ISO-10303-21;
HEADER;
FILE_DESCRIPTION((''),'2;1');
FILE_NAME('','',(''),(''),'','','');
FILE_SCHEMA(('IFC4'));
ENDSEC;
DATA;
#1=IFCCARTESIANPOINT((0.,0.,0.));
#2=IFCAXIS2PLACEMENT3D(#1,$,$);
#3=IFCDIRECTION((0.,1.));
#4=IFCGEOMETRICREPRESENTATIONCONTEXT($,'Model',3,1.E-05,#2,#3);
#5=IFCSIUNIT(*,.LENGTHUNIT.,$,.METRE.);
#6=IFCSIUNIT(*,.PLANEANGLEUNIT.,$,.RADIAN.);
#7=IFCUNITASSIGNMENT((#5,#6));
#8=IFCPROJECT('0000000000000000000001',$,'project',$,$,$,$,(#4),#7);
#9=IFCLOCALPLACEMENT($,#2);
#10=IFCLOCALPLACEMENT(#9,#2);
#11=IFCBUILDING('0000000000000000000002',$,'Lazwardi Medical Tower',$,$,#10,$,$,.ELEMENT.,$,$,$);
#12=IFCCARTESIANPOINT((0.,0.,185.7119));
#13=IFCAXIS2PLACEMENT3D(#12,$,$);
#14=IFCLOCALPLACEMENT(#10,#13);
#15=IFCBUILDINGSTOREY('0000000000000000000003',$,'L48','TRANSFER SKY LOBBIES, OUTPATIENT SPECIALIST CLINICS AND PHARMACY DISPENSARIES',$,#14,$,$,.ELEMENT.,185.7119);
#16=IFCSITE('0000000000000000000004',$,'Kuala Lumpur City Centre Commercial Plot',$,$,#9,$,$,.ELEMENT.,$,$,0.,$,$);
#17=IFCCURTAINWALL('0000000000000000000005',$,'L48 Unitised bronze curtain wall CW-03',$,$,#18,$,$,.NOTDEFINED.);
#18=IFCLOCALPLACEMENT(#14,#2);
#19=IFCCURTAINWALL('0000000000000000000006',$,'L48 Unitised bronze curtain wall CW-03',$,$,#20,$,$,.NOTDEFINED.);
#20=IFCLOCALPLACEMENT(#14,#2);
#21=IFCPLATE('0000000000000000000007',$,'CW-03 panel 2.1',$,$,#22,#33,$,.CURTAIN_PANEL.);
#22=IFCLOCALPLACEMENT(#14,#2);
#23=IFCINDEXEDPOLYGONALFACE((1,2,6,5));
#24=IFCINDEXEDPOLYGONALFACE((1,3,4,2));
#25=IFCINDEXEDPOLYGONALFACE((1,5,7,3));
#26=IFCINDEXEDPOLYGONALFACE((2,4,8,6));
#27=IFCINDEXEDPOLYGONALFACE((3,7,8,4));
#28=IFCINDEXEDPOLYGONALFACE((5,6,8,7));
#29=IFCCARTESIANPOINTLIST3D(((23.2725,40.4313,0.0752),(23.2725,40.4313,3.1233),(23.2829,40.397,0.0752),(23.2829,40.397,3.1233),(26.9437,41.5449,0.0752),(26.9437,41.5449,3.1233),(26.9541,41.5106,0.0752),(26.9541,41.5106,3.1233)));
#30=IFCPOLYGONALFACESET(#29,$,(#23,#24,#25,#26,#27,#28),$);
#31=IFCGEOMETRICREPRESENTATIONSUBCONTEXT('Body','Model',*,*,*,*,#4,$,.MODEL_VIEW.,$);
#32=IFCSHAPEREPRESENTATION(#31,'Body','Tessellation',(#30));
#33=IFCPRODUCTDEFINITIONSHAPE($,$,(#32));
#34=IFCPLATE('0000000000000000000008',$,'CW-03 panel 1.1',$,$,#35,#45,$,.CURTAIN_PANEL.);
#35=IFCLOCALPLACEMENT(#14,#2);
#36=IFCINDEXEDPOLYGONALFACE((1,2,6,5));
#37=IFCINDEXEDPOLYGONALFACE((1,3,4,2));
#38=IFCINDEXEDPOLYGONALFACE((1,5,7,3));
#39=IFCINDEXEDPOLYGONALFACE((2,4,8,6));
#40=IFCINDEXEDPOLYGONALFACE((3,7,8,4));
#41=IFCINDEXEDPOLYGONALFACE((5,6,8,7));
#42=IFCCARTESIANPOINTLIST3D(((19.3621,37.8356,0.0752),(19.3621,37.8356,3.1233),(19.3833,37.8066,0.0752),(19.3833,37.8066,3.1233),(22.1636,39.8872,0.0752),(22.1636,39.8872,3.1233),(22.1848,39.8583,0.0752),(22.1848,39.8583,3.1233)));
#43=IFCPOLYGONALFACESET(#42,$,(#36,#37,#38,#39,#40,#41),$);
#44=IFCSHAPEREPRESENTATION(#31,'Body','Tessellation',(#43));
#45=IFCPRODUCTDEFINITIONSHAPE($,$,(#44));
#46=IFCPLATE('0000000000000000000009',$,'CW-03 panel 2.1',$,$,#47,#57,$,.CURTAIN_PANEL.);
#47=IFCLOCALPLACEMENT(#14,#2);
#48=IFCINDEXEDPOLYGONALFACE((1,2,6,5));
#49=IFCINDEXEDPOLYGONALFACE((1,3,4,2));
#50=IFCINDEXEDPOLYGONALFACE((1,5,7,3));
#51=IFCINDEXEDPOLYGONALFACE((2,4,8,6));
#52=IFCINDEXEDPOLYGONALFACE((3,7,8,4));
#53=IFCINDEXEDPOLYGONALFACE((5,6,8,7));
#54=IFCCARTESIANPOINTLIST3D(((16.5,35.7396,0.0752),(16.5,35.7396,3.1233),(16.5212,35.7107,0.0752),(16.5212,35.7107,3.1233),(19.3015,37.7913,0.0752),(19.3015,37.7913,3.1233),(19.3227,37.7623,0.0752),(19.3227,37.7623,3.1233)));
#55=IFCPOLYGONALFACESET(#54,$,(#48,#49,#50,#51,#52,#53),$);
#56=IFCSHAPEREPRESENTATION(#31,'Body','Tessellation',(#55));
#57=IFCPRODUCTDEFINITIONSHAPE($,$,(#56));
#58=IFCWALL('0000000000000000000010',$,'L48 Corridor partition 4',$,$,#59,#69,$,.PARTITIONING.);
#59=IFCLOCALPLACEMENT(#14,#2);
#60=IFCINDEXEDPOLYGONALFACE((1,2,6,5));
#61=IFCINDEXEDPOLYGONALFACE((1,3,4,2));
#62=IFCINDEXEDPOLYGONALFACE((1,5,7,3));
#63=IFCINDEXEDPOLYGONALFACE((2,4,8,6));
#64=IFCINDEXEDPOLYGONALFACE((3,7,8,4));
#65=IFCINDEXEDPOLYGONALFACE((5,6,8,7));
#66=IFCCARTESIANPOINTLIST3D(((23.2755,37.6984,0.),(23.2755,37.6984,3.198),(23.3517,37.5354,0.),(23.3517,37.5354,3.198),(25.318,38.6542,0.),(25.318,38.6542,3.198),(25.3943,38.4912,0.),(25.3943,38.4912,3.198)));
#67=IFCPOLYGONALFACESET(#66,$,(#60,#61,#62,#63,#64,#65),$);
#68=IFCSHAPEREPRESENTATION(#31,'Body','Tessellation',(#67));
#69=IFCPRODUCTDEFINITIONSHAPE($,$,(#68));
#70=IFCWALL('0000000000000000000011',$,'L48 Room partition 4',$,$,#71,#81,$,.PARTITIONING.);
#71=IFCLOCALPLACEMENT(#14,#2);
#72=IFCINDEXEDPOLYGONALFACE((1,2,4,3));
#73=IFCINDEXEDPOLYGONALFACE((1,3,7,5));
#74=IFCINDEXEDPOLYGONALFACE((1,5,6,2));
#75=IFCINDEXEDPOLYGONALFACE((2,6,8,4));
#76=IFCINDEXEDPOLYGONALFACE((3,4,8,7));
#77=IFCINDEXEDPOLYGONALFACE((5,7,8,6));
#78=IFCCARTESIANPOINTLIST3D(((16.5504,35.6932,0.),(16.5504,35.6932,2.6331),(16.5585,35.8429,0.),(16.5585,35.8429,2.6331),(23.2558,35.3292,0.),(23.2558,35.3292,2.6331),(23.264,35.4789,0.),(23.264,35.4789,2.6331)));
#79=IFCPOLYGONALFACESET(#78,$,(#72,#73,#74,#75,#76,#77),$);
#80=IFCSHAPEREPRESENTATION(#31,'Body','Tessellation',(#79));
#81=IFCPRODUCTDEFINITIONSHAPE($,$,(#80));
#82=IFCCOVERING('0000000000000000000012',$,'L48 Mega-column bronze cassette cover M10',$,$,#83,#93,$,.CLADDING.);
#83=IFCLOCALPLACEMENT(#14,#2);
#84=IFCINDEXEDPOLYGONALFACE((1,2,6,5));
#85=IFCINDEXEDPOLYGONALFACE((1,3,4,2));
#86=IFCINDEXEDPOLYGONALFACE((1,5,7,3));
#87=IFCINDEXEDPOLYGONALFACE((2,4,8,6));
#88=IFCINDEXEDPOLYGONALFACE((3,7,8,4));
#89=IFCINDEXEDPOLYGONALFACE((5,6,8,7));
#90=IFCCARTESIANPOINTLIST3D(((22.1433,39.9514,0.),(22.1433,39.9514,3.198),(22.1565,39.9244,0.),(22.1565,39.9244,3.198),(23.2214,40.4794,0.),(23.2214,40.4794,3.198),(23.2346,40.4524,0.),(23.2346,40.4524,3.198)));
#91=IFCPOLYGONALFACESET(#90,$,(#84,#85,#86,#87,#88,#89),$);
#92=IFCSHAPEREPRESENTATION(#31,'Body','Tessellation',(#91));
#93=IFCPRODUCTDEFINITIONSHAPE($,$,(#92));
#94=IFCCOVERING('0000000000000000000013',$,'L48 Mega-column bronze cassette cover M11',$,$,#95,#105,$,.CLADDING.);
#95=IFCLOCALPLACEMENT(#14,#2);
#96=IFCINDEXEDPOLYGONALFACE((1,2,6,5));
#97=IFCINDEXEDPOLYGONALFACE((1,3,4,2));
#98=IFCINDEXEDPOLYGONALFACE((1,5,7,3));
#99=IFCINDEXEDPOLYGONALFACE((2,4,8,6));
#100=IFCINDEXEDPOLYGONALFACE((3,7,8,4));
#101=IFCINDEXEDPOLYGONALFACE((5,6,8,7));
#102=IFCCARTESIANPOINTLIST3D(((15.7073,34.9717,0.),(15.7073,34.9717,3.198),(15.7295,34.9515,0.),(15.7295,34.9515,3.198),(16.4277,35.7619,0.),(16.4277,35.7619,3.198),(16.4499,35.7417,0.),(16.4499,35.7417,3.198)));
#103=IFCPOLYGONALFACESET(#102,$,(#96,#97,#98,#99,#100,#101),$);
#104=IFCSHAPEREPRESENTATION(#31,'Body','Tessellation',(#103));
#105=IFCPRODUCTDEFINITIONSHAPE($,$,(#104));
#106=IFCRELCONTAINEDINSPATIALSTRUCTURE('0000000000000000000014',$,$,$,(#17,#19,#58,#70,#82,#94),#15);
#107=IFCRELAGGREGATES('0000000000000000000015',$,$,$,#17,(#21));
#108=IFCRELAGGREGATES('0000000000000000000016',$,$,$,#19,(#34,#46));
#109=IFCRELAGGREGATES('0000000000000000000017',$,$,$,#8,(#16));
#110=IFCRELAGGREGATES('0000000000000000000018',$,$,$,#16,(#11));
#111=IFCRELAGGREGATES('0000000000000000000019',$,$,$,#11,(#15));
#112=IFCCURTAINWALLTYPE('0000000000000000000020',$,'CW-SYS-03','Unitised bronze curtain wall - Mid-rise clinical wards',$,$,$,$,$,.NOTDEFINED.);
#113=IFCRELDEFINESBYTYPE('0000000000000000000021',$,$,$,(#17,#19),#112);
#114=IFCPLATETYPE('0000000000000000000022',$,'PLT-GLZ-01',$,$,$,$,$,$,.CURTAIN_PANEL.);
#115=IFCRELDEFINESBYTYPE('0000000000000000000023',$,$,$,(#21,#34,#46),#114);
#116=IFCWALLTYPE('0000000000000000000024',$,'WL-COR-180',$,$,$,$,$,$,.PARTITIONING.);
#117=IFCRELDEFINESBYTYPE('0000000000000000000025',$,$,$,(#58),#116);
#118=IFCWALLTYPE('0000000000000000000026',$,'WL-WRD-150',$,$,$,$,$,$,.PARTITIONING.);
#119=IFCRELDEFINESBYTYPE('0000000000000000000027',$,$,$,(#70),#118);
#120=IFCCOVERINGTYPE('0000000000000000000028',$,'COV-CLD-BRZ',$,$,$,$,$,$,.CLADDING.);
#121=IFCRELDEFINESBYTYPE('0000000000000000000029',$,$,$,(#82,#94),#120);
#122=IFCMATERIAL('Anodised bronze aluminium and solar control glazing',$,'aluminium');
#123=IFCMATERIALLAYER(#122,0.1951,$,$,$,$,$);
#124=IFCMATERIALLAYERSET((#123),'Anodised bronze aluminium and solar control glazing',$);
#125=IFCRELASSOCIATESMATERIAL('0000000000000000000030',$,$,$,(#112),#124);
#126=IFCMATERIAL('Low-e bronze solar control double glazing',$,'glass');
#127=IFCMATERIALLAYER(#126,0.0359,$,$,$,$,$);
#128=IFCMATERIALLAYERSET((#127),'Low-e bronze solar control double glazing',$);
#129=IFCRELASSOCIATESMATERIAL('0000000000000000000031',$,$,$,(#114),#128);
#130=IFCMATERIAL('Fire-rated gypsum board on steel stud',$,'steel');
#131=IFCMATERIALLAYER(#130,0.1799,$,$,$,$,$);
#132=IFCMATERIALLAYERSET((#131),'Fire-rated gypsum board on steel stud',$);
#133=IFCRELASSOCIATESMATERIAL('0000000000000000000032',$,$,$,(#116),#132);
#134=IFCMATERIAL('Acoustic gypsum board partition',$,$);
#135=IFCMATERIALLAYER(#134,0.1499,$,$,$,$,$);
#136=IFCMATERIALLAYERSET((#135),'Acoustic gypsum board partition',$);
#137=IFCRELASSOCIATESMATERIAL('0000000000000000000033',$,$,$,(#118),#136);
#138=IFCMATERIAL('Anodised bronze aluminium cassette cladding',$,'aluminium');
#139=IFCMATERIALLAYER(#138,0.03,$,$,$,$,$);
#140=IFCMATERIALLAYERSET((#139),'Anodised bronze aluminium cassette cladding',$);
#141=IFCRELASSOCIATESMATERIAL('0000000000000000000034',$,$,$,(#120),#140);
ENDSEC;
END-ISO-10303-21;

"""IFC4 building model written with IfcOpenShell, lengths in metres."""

from ifc_helpers import new_model, si_unit, direction, frame, frame_2d, origin, origin_2d, place, context, subcontext, project, spatial, rectangle, extrude, material, layer, layer_set, type_object, element, aggregate, save


model = new_model("IFC4")

# Units and contexts
model_context = context("Model", 3, precision=1e-05, world=origin(), true_north=direction((0.0, 1.0)))
body_context = subcontext(model_context, "Body", "Model", "MODEL_VIEW")
ifc_project = project(units=[si_unit("LENGTHUNIT", "METRE"), si_unit("PLANEANGLEUNIT", "RADIAN")], contexts=[model_context])

# Site, building, storey
site_placement = place(None, origin())
site = spatial("IfcSite", under=ifc_project, at=site_placement, Name="Kuala Lumpur City Centre Commercial Plot", CompositionType="ELEMENT", RefElevation=0.0)
building_placement = place(site_placement, origin())
building = spatial("IfcBuilding", under=site, at=building_placement, Name="Lazwardi Medical Tower", CompositionType="ELEMENT")
storey_placement = place(building_placement, frame((0.0, 0.0, 185.7119)))
storey = spatial("IfcBuildingStorey", under=building, at=storey_placement, Name="L48", Description="TRANSFER SKY LOBBIES, OUTPATIENT SPECIALIST CLINICS AND PHARMACY DISPENSARIES", CompositionType="ELEMENT", Elevation=185.7119)

# Curtain wall
ifc_material_1 = material(Name="Anodised bronze aluminium and solar control glazing", Category="aluminium")
ifc_layer_1 = layer(ifc_material_1, 0.1951)
ifc_layer_set_1 = layer_set([ifc_layer_1], Name="Anodised bronze aluminium and solar control glazing")
curtain_wall_type = type_object("IfcCurtainWallType", Name="CW-SYS-03", Description="Unitised bronze curtain wall - Mid-rise clinical wards", PredefinedType="NOTDEFINED", material=ifc_layer_set_1)
curtain_wall_1_placement = place(storey_placement, origin())
curtain_wall_1 = element("IfcCurtainWall", 1, at=curtain_wall_1_placement, inside=storey, type_object=curtain_wall_type, Name="L48 Unitised bronze curtain wall CW-03", PredefinedType="NOTDEFINED")

# Curtain wall
curtain_wall_2_placement = place(storey_placement, origin())
curtain_wall_2 = element("IfcCurtainWall", 2, at=curtain_wall_2_placement, inside=storey, type_object=curtain_wall_type, Name="L48 Unitised bronze curtain wall CW-03", PredefinedType="NOTDEFINED")

# Plates
ifc_material_2 = material(Name="Low-e bronze solar control double glazing", Category="glass")
ifc_layer_2 = layer(ifc_material_2, 0.0359)
ifc_layer_set_2 = layer_set([ifc_layer_2], Name="Low-e bronze solar control double glazing")
plate_type = type_object("IfcPlateType", Name="PLT-GLZ-01", PredefinedType="CURTAIN_PANEL", material=ifc_layer_set_2)
plate_1_placement = place(storey_placement, frame((25.1133, 40.9709, 0.0752), z_axis=(0.0, 0.0, 1.0), x_axis=(-0.956942, -0.290281, 0.0)))
plate_1 = element("IfcPlate", 3, at=plate_1_placement, type_object=plate_type, Name="CW-03 panel 2.1", PredefinedType="CURTAIN_PANEL", context=body_context, shape_type="SweptSolid", body=[
    extrude(rectangle(XDim=3.8364, YDim=0.0359, at=origin_2d()), origin(), (0.0, 0.0, 1.0), 3.0481),
])
aggregate(curtain_wall_1, [plate_1])
plate_2_placement = place(storey_placement, frame((20.7734, 38.8469, 0.0752), z_axis=(0.0, 0.0, 1.0), x_axis=(-0.806793, -0.590834, 0.0)))
plate_2 = element("IfcPlate", 4, at=plate_2_placement, type_object=plate_type, Name="CW-03 panel 1.1", PredefinedType="CURTAIN_PANEL", context=body_context, shape_type="SweptSolid", body=[
    extrude(rectangle(XDim=3.4724, YDim=0.0359, at=origin_2d()), origin(), (0.0, 0.0, 1.0), 3.0481),
])
plate_3_placement = place(storey_placement, frame((17.9114, 36.751, 0.0752), z_axis=(0.0, 0.0, 1.0), x_axis=(-0.806793, -0.590834, 0.0)))
plate_3 = element("IfcPlate", 5, at=plate_3_placement, type_object=plate_type, Name="CW-03 panel 2.1", PredefinedType="CURTAIN_PANEL", context=body_context, shape_type="SweptSolid", body=[
    extrude(rectangle(XDim=3.4724, YDim=0.0359, at=origin_2d()), origin(), (0.0, 0.0, 1.0), 3.0481),
])
aggregate(curtain_wall_2, [plate_2, plate_3])

# Walls
ifc_material_3 = material(Name="Fire-rated gypsum board on steel stud", Category="steel")
ifc_layer_3 = layer(ifc_material_3, 0.1799)
ifc_layer_set_3 = layer_set([ifc_layer_3], Name="Fire-rated gypsum board on steel stud")
wall_type_1 = type_object("IfcWallType", Name="WL-COR-180", PredefinedType="PARTITIONING", material=ifc_layer_set_3)
wall_1_placement = place(storey_placement, frame((23.3137, 37.6169, 0.0), z_axis=(0.0, 0.0, 1.0), x_axis=(0.905732, 0.423851, 0.0)))
element("IfcWall", 6, at=wall_1_placement, inside=storey, type_object=wall_type_1, Name="L48 Corridor partition 4", PredefinedType="PARTITIONING", context=body_context, shape_type="SweptSolid", body=[
    extrude(rectangle(XDim=2.2551, YDim=0.1799, at=frame_2d((1.1274, 0.0))), origin(), (0.0, 0.0, 1.0), 3.198),
])
ifc_material_4 = material(Name="Acoustic gypsum board partition")
ifc_layer_4 = layer(ifc_material_4, 0.1499)
ifc_layer_set_4 = layer_set([ifc_layer_4], Name="Acoustic gypsum board partition")
wall_type_2 = type_object("IfcWallType", Name="WL-WRD-150", PredefinedType="PARTITIONING", material=ifc_layer_set_4)
wall_2_placement = place(storey_placement, frame((16.5544, 35.7681, 0.0), z_axis=(0.0, 0.0, 1.0), x_axis=(0.99853, -0.054205, 0.0)))
element("IfcWall", 7, at=wall_2_placement, inside=storey, type_object=wall_type_2, Name="L48 Room partition 4", PredefinedType="PARTITIONING", context=body_context, shape_type="SweptSolid", body=[
    extrude(rectangle(XDim=6.7153, YDim=0.1499, at=frame_2d((3.3577, 0.0))), origin(), (0.0, 0.0, 1.0), 2.6331),
])

# Coverings
ifc_material_5 = material(Name="Anodised bronze aluminium cassette cladding", Category="aluminium")
ifc_layer_5 = layer(ifc_material_5, 0.03)
ifc_layer_set_5 = layer_set([ifc_layer_5], Name="Anodised bronze aluminium cassette cladding")
covering_type = type_object("IfcCoveringType", Name="COV-CLD-BRZ", PredefinedType="CLADDING", material=ifc_layer_set_5)
covering_1_placement = place(storey_placement, frame((22.689, 40.2019, 0.0), z_axis=(0.0, 0.0, 1.0), x_axis=(-0.898079, -0.439834, 0.0)))
element("IfcCovering", 8, at=covering_1_placement, inside=storey, type_object=covering_type, Name="L48 Mega-column bronze cassette cover M10", PredefinedType="CLADDING", context=body_context, shape_type="SweptSolid", body=[
    extrude(rectangle(XDim=1.2004, YDim=0.03, at=origin_2d()), origin(), (0.0, 0.0, 1.0), 3.198),
])
covering_2_placement = place(storey_placement, frame((16.0786, 35.3567, 0.0), z_axis=(0.0, 0.0, 1.0), x_axis=(-0.673714, -0.738992, 0.0)))
element("IfcCovering", 9, at=covering_2_placement, inside=storey, type_object=covering_type, Name="L48 Mega-column bronze cassette cover M11", PredefinedType="CLADDING", context=body_context, shape_type="SweptSolid", body=[
    extrude(rectangle(XDim=1.0693, YDim=0.03, at=origin_2d()), origin(), (0.0, 0.0, 1.0), 3.198),
])

save(model, "model.ifc")
